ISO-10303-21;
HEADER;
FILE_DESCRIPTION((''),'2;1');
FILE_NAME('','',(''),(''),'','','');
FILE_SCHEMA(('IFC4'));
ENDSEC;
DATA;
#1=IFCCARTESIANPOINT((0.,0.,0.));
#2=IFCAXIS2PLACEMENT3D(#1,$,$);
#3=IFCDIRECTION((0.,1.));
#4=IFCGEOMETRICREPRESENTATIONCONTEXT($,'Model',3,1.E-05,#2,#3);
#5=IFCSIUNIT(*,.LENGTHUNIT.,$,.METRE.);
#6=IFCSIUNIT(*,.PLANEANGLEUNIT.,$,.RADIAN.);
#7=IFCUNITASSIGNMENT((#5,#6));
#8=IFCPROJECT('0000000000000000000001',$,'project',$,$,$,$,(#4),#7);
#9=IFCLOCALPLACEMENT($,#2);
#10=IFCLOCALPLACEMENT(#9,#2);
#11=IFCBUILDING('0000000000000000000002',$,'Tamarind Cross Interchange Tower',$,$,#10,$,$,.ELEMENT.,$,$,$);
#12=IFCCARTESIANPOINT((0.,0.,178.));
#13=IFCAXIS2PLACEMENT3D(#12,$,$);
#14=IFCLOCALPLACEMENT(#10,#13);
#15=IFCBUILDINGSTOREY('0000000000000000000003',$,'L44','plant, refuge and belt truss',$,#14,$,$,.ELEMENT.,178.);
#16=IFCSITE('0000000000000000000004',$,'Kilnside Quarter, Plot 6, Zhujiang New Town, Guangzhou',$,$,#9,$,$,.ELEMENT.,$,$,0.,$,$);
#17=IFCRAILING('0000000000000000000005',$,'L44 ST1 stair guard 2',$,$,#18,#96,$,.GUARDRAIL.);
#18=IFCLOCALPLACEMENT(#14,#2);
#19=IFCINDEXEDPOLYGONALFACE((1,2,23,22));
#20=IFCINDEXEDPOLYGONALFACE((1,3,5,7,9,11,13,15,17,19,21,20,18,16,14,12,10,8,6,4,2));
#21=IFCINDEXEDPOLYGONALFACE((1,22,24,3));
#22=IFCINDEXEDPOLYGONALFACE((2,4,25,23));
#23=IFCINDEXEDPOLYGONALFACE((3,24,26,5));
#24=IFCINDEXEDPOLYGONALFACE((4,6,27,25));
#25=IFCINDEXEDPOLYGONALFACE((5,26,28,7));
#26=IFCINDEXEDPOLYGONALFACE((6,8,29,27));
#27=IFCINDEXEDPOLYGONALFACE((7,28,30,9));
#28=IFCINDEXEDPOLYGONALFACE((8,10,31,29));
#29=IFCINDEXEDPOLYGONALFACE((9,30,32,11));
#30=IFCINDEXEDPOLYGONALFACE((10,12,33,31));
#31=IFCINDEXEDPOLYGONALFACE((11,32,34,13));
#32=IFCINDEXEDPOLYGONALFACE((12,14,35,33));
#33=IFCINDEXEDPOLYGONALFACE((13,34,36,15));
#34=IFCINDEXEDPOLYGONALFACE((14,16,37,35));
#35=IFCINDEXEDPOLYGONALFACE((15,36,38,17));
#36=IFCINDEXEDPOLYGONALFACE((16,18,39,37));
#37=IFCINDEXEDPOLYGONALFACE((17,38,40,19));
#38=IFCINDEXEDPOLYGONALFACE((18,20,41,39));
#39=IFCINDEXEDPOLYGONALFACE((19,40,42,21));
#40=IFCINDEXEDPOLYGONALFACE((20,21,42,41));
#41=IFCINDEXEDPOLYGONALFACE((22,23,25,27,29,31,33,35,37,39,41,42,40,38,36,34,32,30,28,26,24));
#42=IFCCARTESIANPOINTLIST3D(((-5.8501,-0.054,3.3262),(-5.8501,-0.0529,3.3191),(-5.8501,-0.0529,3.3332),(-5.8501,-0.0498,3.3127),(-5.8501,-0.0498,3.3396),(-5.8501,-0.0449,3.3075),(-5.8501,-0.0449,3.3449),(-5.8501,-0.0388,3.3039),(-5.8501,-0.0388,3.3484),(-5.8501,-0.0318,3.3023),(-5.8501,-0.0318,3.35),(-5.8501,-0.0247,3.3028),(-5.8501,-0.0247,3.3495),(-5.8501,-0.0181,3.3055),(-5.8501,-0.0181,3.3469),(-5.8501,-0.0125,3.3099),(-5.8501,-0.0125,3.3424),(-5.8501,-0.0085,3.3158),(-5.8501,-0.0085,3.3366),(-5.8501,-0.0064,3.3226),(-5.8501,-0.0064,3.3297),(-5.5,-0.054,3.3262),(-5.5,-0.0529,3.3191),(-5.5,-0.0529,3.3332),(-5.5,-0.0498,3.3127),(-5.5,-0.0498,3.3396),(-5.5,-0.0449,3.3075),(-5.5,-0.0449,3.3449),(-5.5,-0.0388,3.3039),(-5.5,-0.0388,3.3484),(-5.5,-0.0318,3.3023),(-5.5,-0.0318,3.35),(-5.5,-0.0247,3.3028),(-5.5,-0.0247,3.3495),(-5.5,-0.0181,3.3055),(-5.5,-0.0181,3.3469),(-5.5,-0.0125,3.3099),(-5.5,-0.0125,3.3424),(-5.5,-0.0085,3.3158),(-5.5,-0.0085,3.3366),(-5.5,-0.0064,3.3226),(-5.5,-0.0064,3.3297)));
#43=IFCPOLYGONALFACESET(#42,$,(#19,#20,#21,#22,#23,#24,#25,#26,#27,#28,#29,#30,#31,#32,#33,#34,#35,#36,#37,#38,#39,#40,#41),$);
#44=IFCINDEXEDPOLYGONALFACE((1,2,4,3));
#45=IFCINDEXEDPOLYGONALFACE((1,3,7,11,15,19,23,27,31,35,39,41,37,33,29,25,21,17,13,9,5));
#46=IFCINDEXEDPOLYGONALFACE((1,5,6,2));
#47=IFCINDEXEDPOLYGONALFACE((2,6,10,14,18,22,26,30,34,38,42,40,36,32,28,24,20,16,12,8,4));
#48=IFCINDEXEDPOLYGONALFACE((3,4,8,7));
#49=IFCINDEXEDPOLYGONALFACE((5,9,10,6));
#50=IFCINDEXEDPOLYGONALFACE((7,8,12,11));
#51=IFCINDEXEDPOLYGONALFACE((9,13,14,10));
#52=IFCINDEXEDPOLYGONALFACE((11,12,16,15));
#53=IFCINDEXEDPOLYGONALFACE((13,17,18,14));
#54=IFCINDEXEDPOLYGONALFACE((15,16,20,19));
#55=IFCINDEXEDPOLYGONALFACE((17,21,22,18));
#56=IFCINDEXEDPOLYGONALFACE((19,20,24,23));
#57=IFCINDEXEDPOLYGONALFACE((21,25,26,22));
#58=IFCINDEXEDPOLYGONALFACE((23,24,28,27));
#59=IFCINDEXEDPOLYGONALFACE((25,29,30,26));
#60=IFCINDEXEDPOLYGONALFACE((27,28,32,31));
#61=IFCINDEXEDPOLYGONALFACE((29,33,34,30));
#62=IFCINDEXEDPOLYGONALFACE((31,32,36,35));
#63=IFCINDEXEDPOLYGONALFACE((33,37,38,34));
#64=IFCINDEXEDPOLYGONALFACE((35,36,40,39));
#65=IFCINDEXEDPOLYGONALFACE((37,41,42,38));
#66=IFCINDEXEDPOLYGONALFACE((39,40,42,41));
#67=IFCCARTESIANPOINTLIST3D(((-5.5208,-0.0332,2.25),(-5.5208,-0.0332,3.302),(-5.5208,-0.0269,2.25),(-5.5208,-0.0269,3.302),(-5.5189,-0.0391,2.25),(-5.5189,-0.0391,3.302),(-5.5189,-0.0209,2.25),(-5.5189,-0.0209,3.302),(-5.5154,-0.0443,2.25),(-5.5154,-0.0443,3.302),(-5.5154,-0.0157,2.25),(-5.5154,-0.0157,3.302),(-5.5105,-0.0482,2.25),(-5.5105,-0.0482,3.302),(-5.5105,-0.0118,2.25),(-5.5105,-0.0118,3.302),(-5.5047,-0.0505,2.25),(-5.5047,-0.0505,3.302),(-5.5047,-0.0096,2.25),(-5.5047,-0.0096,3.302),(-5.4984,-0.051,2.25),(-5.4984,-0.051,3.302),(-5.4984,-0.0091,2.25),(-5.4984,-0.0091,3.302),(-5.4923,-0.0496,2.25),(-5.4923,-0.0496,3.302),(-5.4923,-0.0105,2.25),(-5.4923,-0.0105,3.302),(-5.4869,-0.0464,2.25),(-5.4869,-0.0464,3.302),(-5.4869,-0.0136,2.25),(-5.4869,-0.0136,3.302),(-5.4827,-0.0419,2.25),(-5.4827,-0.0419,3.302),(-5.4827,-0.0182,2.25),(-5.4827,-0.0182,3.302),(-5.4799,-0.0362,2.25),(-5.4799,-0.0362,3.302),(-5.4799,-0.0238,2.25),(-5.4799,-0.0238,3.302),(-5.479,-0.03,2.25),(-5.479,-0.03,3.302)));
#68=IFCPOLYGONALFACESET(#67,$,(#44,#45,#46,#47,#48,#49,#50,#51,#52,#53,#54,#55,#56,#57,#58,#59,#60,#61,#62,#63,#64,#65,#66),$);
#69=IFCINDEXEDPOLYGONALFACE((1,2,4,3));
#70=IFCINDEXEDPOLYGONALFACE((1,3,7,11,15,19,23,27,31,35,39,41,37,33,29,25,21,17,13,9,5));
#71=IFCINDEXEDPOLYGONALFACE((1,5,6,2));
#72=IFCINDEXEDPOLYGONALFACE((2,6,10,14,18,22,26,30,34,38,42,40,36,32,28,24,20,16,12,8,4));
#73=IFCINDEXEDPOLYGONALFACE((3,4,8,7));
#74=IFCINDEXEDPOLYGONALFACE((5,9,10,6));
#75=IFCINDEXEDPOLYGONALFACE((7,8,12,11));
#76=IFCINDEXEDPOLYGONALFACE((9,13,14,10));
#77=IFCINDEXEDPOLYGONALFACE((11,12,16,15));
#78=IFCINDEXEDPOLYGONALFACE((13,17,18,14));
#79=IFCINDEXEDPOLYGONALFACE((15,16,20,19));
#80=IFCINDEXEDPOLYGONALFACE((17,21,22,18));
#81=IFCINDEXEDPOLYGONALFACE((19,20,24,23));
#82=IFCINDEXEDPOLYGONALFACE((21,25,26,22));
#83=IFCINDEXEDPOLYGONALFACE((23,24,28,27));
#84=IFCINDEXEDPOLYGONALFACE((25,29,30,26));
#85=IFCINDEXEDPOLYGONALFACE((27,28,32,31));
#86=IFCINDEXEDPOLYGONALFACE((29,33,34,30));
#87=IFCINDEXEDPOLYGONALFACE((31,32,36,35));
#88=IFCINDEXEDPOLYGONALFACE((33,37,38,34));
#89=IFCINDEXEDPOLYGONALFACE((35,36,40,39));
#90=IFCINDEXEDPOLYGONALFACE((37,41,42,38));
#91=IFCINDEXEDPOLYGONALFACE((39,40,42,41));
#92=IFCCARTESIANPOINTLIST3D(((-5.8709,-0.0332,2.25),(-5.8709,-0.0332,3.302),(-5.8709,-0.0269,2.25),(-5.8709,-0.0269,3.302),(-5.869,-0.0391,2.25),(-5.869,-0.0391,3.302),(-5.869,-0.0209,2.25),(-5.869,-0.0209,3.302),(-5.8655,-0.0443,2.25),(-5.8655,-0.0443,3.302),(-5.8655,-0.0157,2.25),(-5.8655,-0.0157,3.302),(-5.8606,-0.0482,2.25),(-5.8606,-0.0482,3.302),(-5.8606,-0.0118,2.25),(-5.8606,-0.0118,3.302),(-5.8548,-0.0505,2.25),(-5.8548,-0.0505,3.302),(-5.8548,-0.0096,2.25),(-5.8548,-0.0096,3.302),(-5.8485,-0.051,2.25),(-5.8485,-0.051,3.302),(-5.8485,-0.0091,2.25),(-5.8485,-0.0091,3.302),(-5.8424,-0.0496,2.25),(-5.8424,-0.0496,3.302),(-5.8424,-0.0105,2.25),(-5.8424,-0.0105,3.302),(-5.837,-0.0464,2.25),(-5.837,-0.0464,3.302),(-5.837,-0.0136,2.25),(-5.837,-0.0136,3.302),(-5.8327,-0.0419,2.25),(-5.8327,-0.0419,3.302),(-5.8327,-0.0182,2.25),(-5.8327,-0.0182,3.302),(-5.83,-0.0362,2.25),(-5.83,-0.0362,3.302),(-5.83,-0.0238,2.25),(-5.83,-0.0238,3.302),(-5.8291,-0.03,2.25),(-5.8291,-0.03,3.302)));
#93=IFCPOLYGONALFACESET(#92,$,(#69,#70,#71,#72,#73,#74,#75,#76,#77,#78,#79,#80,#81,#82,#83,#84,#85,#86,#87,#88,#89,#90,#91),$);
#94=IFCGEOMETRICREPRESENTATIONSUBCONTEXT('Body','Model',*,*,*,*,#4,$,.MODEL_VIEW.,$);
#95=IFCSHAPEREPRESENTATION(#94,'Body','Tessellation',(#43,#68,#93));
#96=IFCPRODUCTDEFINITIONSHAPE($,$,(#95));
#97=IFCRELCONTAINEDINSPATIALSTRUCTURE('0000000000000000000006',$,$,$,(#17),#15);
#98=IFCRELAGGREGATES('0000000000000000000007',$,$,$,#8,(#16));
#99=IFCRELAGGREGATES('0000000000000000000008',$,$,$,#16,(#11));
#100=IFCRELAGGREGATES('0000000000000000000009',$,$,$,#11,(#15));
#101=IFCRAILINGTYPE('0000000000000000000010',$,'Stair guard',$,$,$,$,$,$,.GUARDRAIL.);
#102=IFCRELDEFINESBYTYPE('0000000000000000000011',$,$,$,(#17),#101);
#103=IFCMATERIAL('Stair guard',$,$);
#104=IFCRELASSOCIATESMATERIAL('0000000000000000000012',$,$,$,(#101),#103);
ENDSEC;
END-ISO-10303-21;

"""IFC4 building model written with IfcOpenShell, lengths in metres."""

from ifc_helpers import new_model, si_unit, direction, frame, origin, origin_2d, place, context, subcontext, project, spatial, circle, extrude, material, type_object, element, save


model = new_model("IFC4")

# Units and contexts
model_context = context("Model", 3, precision=1e-05, world=origin(), true_north=direction((0.0, 1.0)))
body_context = subcontext(model_context, "Body", "Model", "MODEL_VIEW")
ifc_project = project(units=[si_unit("LENGTHUNIT", "METRE"), si_unit("PLANEANGLEUNIT", "RADIAN")], contexts=[model_context])

# Site, building, storey
site_placement = place(None, origin())
site = spatial("IfcSite", under=ifc_project, at=site_placement, Name="Kilnside Quarter, Plot 6, Zhujiang New Town, Guangzhou", CompositionType="ELEMENT", RefElevation=0.0)
building_placement = place(site_placement, origin())
building = spatial("IfcBuilding", under=site, at=building_placement, Name="Tamarind Cross Interchange Tower", CompositionType="ELEMENT")
storey_placement = place(building_placement, frame((0.0, 0.0, 178.0)))
storey = spatial("IfcBuildingStorey", under=building, at=storey_placement, Name="L44", Description="plant, refuge and belt truss", CompositionType="ELEMENT", Elevation=178.0)

# Railing
ifc_material_1 = material(Name="Stair guard")
railing_type_1 = type_object("IfcRailingType", Name="Stair guard", PredefinedType="GUARDRAIL", material=ifc_material_1)
railing_1_placement = place(storey_placement, frame((-5.5, -0.03, 2.25)))
element("IfcRailing", 1, at=railing_1_placement, inside=storey, type_object=railing_type_1, Name="L44 ST1 stair guard 2", PredefinedType="GUARDRAIL", context=body_context, shape_type="SweptSolid", body=[
    extrude(circle(Radius=0.0239, at=origin_2d()), frame((0.0, 0.0, 1.0762), z_axis=(-1.0, 0.0, 0.0), x_axis=(0.0, -1.0, 0.0)), (0.0, 0.0, 1.0), 0.3501),
    extrude(circle(Radius=0.021, at=origin_2d()), origin(), (0.0, 0.0, 1.0), 1.052),
    extrude(circle(Radius=0.021, at=origin_2d()), frame((-0.3501, 0.0, 0.0)), (0.0, 0.0, 1.0), 1.052),
])

save(model, "model.ifc")
